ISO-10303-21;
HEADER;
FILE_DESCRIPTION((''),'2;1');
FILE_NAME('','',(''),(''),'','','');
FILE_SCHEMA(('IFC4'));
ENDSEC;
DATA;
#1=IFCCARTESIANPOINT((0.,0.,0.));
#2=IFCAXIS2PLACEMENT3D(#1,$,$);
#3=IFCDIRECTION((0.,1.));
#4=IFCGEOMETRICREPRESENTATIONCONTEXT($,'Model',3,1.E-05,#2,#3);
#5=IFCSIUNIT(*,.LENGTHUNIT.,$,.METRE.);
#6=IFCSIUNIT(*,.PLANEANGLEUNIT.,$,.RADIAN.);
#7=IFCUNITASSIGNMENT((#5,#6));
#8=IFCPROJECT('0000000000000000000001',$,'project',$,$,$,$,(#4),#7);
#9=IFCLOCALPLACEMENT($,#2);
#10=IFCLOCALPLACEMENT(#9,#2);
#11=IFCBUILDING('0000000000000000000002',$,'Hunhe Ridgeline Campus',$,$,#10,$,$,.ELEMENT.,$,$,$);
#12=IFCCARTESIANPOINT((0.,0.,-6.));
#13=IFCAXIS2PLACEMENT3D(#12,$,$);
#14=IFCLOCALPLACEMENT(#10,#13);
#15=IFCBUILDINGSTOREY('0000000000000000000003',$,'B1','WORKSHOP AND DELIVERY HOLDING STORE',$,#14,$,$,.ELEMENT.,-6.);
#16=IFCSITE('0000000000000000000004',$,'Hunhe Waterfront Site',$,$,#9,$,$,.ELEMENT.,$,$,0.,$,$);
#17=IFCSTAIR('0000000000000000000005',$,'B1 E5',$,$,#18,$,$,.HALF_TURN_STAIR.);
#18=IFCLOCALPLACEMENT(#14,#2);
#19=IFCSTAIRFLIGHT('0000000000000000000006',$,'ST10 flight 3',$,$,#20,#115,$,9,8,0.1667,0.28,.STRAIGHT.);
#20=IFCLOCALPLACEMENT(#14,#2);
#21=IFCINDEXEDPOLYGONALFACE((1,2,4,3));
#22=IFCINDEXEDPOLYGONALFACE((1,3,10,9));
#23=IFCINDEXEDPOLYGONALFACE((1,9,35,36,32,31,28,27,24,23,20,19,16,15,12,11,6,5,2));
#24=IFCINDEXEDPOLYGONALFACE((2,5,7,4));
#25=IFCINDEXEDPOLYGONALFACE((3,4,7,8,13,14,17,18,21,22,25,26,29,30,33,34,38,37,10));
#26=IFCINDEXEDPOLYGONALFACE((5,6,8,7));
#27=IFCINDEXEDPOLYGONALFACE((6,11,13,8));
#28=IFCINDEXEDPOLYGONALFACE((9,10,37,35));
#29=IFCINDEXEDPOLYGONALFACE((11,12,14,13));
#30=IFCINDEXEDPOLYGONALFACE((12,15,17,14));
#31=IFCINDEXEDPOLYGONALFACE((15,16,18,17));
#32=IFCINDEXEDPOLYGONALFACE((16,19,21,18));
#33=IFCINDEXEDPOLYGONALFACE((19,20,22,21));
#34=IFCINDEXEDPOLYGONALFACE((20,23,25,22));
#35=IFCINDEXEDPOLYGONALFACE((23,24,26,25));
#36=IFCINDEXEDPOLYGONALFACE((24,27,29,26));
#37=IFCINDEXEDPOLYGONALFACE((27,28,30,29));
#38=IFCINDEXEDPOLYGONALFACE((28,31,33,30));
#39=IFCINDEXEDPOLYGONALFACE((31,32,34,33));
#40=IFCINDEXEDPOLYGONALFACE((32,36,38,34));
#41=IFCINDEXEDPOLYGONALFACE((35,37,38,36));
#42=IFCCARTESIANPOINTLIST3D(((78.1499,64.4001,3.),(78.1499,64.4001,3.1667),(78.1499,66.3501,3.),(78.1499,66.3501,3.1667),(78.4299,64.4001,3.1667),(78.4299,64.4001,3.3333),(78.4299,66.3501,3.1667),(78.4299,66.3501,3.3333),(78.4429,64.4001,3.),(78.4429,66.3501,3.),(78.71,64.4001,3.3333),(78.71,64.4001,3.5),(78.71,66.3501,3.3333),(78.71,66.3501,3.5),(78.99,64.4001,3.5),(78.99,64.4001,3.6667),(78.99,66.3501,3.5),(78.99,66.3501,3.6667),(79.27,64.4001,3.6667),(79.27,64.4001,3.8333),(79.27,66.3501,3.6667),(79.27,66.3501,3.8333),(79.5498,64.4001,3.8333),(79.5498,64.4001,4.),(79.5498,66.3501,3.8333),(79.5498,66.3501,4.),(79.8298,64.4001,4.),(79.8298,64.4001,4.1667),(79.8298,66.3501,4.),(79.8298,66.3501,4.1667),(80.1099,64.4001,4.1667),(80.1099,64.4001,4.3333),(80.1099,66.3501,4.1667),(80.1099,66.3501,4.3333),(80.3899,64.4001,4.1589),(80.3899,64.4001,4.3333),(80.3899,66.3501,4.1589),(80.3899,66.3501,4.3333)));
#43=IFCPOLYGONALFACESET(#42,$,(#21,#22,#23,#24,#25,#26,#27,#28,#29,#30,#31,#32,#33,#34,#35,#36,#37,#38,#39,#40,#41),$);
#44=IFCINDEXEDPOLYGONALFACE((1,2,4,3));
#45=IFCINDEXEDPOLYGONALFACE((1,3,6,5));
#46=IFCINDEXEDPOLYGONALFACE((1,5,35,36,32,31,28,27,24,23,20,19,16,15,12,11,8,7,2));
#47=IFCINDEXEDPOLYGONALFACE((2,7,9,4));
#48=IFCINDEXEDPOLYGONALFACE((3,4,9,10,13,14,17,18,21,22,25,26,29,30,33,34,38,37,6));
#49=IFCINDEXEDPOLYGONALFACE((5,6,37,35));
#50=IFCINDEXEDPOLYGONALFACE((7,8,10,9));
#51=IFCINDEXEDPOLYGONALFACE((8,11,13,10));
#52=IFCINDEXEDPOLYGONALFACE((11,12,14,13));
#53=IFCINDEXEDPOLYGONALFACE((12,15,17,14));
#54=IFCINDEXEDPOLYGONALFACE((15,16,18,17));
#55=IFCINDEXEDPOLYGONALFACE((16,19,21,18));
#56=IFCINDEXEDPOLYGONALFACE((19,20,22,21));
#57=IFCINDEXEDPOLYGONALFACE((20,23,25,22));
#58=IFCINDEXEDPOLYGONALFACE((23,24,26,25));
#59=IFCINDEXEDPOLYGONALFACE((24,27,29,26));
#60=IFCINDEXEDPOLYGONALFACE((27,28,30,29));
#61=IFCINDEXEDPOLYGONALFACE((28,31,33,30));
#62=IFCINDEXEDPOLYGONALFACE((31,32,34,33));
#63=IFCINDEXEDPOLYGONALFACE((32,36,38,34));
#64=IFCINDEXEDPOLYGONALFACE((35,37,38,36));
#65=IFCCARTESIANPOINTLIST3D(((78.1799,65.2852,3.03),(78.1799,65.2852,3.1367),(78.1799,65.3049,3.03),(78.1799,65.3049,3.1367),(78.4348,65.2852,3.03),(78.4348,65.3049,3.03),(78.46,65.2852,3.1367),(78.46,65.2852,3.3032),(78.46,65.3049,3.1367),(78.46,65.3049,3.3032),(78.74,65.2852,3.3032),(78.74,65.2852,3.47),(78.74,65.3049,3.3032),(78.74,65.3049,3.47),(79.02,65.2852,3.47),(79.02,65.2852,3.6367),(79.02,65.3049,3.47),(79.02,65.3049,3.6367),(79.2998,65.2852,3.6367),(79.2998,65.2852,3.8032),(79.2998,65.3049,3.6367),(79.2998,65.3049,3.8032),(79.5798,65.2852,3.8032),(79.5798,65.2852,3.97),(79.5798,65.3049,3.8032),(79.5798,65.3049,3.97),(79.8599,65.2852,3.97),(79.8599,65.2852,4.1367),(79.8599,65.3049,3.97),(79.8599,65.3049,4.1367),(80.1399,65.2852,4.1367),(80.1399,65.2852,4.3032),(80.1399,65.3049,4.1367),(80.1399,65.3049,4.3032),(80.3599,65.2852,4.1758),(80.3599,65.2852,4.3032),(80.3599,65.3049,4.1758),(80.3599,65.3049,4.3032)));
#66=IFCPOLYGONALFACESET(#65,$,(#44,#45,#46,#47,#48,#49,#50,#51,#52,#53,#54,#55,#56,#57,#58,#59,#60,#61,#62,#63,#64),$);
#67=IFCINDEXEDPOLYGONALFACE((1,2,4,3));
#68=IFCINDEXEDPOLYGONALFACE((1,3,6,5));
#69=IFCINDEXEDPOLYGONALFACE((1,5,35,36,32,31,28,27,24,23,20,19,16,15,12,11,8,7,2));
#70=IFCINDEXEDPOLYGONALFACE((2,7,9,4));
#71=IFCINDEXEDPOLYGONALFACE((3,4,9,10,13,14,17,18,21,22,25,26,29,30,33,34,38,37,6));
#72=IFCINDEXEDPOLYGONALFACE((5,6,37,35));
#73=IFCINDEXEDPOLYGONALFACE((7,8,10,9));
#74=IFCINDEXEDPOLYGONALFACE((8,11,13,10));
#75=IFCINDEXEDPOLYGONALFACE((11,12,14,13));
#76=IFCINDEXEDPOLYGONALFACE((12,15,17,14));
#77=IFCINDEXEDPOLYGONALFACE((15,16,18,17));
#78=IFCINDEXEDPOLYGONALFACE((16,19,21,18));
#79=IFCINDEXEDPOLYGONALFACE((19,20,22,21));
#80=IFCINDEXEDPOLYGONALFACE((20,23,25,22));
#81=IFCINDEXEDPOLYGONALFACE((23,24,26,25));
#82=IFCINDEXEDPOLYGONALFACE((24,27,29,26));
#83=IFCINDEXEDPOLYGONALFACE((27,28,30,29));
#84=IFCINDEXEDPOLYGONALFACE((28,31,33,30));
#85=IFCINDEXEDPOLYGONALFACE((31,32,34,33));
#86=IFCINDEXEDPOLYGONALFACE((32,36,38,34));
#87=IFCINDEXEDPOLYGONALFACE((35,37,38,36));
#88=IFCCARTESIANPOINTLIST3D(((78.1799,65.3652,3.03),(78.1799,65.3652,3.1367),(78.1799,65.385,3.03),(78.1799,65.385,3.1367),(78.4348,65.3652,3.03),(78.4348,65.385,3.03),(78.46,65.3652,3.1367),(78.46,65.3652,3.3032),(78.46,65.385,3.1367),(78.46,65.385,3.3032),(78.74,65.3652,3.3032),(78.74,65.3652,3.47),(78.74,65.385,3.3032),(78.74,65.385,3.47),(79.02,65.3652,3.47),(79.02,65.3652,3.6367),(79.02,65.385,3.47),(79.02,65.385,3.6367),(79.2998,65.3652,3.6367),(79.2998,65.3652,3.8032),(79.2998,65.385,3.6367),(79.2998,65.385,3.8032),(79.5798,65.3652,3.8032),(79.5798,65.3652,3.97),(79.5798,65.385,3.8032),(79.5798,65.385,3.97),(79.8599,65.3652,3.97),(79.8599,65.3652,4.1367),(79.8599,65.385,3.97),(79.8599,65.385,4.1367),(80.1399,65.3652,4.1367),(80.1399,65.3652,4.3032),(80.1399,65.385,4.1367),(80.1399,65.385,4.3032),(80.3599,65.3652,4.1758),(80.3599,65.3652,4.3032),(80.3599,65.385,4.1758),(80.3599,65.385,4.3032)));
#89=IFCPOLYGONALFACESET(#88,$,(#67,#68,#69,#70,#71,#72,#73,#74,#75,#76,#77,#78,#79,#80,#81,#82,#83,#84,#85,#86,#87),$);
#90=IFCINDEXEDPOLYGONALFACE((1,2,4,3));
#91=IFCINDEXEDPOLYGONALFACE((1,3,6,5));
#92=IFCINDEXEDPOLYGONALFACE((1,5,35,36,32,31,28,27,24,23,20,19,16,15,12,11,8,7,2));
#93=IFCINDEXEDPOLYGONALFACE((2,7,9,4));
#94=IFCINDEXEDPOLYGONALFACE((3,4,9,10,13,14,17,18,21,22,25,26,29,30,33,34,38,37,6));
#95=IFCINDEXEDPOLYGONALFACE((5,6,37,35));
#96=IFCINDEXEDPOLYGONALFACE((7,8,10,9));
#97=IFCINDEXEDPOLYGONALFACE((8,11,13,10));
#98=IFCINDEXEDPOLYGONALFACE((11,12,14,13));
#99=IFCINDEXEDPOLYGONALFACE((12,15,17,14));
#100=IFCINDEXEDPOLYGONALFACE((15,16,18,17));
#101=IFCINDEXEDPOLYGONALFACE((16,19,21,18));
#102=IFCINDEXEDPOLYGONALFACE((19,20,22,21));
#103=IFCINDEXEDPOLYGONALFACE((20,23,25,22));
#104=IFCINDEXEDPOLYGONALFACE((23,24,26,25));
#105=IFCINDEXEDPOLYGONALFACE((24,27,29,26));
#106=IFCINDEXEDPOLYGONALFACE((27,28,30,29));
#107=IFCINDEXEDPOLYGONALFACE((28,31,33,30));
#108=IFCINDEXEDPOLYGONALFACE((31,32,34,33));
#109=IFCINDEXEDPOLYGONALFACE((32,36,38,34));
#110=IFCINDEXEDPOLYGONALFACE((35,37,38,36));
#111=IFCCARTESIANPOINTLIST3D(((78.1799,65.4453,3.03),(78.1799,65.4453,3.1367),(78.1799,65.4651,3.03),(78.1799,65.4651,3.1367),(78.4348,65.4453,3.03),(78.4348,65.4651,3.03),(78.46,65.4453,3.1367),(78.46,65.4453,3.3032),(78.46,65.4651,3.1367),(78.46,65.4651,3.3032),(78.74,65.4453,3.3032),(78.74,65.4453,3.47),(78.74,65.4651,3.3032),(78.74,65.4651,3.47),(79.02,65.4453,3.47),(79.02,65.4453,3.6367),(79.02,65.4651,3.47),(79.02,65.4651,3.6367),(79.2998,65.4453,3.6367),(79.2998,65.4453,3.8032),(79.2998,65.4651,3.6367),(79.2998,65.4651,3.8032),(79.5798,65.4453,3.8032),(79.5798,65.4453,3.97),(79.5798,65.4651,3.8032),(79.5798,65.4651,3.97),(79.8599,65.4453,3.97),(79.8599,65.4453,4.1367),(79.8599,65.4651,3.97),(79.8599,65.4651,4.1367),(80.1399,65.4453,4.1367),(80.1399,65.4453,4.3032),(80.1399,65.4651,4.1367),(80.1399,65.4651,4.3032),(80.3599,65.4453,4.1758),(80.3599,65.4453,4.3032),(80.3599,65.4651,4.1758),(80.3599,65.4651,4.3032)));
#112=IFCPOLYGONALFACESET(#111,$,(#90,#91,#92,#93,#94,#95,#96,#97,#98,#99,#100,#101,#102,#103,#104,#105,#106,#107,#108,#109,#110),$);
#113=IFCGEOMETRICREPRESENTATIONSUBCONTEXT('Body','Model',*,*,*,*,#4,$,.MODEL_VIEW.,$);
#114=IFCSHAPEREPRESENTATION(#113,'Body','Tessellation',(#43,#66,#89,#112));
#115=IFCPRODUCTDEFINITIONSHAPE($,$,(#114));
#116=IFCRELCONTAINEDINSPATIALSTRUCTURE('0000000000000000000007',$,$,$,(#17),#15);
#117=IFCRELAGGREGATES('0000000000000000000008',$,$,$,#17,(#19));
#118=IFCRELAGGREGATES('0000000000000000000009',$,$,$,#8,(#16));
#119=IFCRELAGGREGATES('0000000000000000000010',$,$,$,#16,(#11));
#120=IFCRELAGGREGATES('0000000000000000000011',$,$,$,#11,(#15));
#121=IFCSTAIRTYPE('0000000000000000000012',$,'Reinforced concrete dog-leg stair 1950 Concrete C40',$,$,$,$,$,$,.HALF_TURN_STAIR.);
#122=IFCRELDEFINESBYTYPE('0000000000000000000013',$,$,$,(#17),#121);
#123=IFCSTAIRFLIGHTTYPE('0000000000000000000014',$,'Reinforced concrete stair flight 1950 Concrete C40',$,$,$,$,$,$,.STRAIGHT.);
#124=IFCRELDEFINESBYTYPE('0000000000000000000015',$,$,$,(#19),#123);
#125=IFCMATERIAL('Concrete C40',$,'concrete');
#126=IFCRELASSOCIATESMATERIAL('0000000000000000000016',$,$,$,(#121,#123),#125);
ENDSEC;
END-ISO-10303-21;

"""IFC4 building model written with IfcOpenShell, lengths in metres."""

from ifc_helpers import new_model, si_unit, direction, frame, origin, place, context, subcontext, project, spatial, polyline, outline, extrude, material, type_object, element, aggregate, save


model = new_model("IFC4")

# Units and contexts
model_context = context("Model", 3, precision=1e-05, world=origin(), true_north=direction((0.0, 1.0)))
body_context = subcontext(model_context, "Body", "Model", "MODEL_VIEW")
ifc_project = project(units=[si_unit("LENGTHUNIT", "METRE"), si_unit("PLANEANGLEUNIT", "RADIAN")], contexts=[model_context])

# Site, building, storey
site_placement = place(None, origin())
site = spatial("IfcSite", under=ifc_project, at=site_placement, Name="Hunhe Waterfront Site", CompositionType="ELEMENT", RefElevation=0.0)
building_placement = place(site_placement, origin())
building = spatial("IfcBuilding", under=site, at=building_placement, Name="Hunhe Ridgeline Campus", CompositionType="ELEMENT")
storey_placement = place(building_placement, frame((0.0, 0.0, -6.0)))
storey = spatial("IfcBuildingStorey", under=building, at=storey_placement, Name="B1", Description="WORKSHOP AND DELIVERY HOLDING STORE", CompositionType="ELEMENT", Elevation=-6.0)

# Stair, stair flight
ifc_material_1 = material(Name="Concrete C40", Category="concrete")
stair_type = type_object("IfcStairType", Name="Reinforced concrete dog-leg stair 1950 Concrete C40", PredefinedType="HALF_TURN_STAIR", material=ifc_material_1)
stair_placement = place(storey_placement, origin())
stair = element("IfcStair", 1, at=stair_placement, inside=storey, type_object=stair_type, Name="B1 E5", PredefinedType="HALF_TURN_STAIR")
stair_flight_type = type_object("IfcStairFlightType", Name="Reinforced concrete stair flight 1950 Concrete C40", PredefinedType="STRAIGHT", material=ifc_material_1)
stair_flight_1_placement = place(storey_placement, frame((78.1499, 65.375, 3.0), z_axis=(0.0, 0.0, 1.0), x_axis=(1.0, 0.0, 0.0)))
stair_flight_1 = element("IfcStairFlight", 2, at=stair_flight_1_placement, type_object=stair_flight_type, Name="ST10 flight 3", NumberOfRisers=9, NumberOfTreads=8, PredefinedType="STRAIGHT", RiserHeight=0.1667, TreadLength=0.28, context=body_context, shape_type="SweptSolid", body=[
    extrude(outline(polyline([(0.0, 0.0), (0.0, 0.1667), (0.28, 0.1667), (0.28, 0.3333), (0.5601, 0.3333), (0.5601, 0.5), (0.8401, 0.5), (0.8401, 0.6667), (1.1201, 0.6667), (1.1201, 0.8333), (1.3999, 0.8333), (1.3999, 1.0), (1.6799, 1.0), (1.6799, 1.1667), (1.96, 1.1667), (1.96, 1.3333), (2.24, 1.3333), (2.24, 1.5), (2.24, 1.1589), (0.293, 0.0), (0.0, 0.0)])), frame((0.0, 0.9751, 0.0), z_axis=(0.0, -1.0, 0.0), x_axis=(1.0, 0.0, 0.0)), (0.0, 0.0, 1.0), 1.95),
    extrude(outline(polyline([(0.03, 0.03), (0.03, 0.1367), (0.3101, 0.1367), (0.3101, 0.3032), (0.5901, 0.3032), (0.5901, 0.47), (0.8701, 0.47), (0.8701, 0.6367), (1.1499, 0.6367), (1.1499, 0.8032), (1.4299, 0.8032), (1.4299, 0.97), (1.71, 0.97), (1.71, 1.1367), (1.99, 1.1367), (1.99, 1.3032), (2.21, 1.3032), (2.21, 1.1758), (0.2849, 0.03), (0.03, 0.03)])), frame((0.0, -0.0701, 0.0), z_axis=(0.0, -1.0, 0.0), x_axis=(1.0, 0.0, 0.0)), (0.0, 0.0, 1.0), 0.0198),
    extrude(outline(polyline([(0.03, 0.03), (0.03, 0.1367), (0.3101, 0.1367), (0.3101, 0.3032), (0.5901, 0.3032), (0.5901, 0.47), (0.8701, 0.47), (0.8701, 0.6367), (1.1499, 0.6367), (1.1499, 0.8032), (1.4299, 0.8032), (1.4299, 0.97), (1.71, 0.97), (1.71, 1.1367), (1.99, 1.1367), (1.99, 1.3032), (2.21, 1.3032), (2.21, 1.1758), (0.2849, 0.03), (0.03, 0.03)])), frame((0.0, 0.01, 0.0), z_axis=(0.0, -1.0, 0.0), x_axis=(1.0, 0.0, 0.0)), (0.0, 0.0, 1.0), 0.0198),
    extrude(outline(polyline([(0.03, 0.03), (0.03, 0.1367), (0.3101, 0.1367), (0.3101, 0.3032), (0.5901, 0.3032), (0.5901, 0.47), (0.8701, 0.47), (0.8701, 0.6367), (1.1499, 0.6367), (1.1499, 0.8032), (1.4299, 0.8032), (1.4299, 0.97), (1.71, 0.97), (1.71, 1.1367), (1.99, 1.1367), (1.99, 1.3032), (2.21, 1.3032), (2.21, 1.1758), (0.2849, 0.03), (0.03, 0.03)])), frame((0.0, 0.0901, 0.0), z_axis=(0.0, -1.0, 0.0), x_axis=(1.0, 0.0, 0.0)), (0.0, 0.0, 1.0), 0.0198),
])
aggregate(stair, [stair_flight_1])

save(model, "model.ifc")
